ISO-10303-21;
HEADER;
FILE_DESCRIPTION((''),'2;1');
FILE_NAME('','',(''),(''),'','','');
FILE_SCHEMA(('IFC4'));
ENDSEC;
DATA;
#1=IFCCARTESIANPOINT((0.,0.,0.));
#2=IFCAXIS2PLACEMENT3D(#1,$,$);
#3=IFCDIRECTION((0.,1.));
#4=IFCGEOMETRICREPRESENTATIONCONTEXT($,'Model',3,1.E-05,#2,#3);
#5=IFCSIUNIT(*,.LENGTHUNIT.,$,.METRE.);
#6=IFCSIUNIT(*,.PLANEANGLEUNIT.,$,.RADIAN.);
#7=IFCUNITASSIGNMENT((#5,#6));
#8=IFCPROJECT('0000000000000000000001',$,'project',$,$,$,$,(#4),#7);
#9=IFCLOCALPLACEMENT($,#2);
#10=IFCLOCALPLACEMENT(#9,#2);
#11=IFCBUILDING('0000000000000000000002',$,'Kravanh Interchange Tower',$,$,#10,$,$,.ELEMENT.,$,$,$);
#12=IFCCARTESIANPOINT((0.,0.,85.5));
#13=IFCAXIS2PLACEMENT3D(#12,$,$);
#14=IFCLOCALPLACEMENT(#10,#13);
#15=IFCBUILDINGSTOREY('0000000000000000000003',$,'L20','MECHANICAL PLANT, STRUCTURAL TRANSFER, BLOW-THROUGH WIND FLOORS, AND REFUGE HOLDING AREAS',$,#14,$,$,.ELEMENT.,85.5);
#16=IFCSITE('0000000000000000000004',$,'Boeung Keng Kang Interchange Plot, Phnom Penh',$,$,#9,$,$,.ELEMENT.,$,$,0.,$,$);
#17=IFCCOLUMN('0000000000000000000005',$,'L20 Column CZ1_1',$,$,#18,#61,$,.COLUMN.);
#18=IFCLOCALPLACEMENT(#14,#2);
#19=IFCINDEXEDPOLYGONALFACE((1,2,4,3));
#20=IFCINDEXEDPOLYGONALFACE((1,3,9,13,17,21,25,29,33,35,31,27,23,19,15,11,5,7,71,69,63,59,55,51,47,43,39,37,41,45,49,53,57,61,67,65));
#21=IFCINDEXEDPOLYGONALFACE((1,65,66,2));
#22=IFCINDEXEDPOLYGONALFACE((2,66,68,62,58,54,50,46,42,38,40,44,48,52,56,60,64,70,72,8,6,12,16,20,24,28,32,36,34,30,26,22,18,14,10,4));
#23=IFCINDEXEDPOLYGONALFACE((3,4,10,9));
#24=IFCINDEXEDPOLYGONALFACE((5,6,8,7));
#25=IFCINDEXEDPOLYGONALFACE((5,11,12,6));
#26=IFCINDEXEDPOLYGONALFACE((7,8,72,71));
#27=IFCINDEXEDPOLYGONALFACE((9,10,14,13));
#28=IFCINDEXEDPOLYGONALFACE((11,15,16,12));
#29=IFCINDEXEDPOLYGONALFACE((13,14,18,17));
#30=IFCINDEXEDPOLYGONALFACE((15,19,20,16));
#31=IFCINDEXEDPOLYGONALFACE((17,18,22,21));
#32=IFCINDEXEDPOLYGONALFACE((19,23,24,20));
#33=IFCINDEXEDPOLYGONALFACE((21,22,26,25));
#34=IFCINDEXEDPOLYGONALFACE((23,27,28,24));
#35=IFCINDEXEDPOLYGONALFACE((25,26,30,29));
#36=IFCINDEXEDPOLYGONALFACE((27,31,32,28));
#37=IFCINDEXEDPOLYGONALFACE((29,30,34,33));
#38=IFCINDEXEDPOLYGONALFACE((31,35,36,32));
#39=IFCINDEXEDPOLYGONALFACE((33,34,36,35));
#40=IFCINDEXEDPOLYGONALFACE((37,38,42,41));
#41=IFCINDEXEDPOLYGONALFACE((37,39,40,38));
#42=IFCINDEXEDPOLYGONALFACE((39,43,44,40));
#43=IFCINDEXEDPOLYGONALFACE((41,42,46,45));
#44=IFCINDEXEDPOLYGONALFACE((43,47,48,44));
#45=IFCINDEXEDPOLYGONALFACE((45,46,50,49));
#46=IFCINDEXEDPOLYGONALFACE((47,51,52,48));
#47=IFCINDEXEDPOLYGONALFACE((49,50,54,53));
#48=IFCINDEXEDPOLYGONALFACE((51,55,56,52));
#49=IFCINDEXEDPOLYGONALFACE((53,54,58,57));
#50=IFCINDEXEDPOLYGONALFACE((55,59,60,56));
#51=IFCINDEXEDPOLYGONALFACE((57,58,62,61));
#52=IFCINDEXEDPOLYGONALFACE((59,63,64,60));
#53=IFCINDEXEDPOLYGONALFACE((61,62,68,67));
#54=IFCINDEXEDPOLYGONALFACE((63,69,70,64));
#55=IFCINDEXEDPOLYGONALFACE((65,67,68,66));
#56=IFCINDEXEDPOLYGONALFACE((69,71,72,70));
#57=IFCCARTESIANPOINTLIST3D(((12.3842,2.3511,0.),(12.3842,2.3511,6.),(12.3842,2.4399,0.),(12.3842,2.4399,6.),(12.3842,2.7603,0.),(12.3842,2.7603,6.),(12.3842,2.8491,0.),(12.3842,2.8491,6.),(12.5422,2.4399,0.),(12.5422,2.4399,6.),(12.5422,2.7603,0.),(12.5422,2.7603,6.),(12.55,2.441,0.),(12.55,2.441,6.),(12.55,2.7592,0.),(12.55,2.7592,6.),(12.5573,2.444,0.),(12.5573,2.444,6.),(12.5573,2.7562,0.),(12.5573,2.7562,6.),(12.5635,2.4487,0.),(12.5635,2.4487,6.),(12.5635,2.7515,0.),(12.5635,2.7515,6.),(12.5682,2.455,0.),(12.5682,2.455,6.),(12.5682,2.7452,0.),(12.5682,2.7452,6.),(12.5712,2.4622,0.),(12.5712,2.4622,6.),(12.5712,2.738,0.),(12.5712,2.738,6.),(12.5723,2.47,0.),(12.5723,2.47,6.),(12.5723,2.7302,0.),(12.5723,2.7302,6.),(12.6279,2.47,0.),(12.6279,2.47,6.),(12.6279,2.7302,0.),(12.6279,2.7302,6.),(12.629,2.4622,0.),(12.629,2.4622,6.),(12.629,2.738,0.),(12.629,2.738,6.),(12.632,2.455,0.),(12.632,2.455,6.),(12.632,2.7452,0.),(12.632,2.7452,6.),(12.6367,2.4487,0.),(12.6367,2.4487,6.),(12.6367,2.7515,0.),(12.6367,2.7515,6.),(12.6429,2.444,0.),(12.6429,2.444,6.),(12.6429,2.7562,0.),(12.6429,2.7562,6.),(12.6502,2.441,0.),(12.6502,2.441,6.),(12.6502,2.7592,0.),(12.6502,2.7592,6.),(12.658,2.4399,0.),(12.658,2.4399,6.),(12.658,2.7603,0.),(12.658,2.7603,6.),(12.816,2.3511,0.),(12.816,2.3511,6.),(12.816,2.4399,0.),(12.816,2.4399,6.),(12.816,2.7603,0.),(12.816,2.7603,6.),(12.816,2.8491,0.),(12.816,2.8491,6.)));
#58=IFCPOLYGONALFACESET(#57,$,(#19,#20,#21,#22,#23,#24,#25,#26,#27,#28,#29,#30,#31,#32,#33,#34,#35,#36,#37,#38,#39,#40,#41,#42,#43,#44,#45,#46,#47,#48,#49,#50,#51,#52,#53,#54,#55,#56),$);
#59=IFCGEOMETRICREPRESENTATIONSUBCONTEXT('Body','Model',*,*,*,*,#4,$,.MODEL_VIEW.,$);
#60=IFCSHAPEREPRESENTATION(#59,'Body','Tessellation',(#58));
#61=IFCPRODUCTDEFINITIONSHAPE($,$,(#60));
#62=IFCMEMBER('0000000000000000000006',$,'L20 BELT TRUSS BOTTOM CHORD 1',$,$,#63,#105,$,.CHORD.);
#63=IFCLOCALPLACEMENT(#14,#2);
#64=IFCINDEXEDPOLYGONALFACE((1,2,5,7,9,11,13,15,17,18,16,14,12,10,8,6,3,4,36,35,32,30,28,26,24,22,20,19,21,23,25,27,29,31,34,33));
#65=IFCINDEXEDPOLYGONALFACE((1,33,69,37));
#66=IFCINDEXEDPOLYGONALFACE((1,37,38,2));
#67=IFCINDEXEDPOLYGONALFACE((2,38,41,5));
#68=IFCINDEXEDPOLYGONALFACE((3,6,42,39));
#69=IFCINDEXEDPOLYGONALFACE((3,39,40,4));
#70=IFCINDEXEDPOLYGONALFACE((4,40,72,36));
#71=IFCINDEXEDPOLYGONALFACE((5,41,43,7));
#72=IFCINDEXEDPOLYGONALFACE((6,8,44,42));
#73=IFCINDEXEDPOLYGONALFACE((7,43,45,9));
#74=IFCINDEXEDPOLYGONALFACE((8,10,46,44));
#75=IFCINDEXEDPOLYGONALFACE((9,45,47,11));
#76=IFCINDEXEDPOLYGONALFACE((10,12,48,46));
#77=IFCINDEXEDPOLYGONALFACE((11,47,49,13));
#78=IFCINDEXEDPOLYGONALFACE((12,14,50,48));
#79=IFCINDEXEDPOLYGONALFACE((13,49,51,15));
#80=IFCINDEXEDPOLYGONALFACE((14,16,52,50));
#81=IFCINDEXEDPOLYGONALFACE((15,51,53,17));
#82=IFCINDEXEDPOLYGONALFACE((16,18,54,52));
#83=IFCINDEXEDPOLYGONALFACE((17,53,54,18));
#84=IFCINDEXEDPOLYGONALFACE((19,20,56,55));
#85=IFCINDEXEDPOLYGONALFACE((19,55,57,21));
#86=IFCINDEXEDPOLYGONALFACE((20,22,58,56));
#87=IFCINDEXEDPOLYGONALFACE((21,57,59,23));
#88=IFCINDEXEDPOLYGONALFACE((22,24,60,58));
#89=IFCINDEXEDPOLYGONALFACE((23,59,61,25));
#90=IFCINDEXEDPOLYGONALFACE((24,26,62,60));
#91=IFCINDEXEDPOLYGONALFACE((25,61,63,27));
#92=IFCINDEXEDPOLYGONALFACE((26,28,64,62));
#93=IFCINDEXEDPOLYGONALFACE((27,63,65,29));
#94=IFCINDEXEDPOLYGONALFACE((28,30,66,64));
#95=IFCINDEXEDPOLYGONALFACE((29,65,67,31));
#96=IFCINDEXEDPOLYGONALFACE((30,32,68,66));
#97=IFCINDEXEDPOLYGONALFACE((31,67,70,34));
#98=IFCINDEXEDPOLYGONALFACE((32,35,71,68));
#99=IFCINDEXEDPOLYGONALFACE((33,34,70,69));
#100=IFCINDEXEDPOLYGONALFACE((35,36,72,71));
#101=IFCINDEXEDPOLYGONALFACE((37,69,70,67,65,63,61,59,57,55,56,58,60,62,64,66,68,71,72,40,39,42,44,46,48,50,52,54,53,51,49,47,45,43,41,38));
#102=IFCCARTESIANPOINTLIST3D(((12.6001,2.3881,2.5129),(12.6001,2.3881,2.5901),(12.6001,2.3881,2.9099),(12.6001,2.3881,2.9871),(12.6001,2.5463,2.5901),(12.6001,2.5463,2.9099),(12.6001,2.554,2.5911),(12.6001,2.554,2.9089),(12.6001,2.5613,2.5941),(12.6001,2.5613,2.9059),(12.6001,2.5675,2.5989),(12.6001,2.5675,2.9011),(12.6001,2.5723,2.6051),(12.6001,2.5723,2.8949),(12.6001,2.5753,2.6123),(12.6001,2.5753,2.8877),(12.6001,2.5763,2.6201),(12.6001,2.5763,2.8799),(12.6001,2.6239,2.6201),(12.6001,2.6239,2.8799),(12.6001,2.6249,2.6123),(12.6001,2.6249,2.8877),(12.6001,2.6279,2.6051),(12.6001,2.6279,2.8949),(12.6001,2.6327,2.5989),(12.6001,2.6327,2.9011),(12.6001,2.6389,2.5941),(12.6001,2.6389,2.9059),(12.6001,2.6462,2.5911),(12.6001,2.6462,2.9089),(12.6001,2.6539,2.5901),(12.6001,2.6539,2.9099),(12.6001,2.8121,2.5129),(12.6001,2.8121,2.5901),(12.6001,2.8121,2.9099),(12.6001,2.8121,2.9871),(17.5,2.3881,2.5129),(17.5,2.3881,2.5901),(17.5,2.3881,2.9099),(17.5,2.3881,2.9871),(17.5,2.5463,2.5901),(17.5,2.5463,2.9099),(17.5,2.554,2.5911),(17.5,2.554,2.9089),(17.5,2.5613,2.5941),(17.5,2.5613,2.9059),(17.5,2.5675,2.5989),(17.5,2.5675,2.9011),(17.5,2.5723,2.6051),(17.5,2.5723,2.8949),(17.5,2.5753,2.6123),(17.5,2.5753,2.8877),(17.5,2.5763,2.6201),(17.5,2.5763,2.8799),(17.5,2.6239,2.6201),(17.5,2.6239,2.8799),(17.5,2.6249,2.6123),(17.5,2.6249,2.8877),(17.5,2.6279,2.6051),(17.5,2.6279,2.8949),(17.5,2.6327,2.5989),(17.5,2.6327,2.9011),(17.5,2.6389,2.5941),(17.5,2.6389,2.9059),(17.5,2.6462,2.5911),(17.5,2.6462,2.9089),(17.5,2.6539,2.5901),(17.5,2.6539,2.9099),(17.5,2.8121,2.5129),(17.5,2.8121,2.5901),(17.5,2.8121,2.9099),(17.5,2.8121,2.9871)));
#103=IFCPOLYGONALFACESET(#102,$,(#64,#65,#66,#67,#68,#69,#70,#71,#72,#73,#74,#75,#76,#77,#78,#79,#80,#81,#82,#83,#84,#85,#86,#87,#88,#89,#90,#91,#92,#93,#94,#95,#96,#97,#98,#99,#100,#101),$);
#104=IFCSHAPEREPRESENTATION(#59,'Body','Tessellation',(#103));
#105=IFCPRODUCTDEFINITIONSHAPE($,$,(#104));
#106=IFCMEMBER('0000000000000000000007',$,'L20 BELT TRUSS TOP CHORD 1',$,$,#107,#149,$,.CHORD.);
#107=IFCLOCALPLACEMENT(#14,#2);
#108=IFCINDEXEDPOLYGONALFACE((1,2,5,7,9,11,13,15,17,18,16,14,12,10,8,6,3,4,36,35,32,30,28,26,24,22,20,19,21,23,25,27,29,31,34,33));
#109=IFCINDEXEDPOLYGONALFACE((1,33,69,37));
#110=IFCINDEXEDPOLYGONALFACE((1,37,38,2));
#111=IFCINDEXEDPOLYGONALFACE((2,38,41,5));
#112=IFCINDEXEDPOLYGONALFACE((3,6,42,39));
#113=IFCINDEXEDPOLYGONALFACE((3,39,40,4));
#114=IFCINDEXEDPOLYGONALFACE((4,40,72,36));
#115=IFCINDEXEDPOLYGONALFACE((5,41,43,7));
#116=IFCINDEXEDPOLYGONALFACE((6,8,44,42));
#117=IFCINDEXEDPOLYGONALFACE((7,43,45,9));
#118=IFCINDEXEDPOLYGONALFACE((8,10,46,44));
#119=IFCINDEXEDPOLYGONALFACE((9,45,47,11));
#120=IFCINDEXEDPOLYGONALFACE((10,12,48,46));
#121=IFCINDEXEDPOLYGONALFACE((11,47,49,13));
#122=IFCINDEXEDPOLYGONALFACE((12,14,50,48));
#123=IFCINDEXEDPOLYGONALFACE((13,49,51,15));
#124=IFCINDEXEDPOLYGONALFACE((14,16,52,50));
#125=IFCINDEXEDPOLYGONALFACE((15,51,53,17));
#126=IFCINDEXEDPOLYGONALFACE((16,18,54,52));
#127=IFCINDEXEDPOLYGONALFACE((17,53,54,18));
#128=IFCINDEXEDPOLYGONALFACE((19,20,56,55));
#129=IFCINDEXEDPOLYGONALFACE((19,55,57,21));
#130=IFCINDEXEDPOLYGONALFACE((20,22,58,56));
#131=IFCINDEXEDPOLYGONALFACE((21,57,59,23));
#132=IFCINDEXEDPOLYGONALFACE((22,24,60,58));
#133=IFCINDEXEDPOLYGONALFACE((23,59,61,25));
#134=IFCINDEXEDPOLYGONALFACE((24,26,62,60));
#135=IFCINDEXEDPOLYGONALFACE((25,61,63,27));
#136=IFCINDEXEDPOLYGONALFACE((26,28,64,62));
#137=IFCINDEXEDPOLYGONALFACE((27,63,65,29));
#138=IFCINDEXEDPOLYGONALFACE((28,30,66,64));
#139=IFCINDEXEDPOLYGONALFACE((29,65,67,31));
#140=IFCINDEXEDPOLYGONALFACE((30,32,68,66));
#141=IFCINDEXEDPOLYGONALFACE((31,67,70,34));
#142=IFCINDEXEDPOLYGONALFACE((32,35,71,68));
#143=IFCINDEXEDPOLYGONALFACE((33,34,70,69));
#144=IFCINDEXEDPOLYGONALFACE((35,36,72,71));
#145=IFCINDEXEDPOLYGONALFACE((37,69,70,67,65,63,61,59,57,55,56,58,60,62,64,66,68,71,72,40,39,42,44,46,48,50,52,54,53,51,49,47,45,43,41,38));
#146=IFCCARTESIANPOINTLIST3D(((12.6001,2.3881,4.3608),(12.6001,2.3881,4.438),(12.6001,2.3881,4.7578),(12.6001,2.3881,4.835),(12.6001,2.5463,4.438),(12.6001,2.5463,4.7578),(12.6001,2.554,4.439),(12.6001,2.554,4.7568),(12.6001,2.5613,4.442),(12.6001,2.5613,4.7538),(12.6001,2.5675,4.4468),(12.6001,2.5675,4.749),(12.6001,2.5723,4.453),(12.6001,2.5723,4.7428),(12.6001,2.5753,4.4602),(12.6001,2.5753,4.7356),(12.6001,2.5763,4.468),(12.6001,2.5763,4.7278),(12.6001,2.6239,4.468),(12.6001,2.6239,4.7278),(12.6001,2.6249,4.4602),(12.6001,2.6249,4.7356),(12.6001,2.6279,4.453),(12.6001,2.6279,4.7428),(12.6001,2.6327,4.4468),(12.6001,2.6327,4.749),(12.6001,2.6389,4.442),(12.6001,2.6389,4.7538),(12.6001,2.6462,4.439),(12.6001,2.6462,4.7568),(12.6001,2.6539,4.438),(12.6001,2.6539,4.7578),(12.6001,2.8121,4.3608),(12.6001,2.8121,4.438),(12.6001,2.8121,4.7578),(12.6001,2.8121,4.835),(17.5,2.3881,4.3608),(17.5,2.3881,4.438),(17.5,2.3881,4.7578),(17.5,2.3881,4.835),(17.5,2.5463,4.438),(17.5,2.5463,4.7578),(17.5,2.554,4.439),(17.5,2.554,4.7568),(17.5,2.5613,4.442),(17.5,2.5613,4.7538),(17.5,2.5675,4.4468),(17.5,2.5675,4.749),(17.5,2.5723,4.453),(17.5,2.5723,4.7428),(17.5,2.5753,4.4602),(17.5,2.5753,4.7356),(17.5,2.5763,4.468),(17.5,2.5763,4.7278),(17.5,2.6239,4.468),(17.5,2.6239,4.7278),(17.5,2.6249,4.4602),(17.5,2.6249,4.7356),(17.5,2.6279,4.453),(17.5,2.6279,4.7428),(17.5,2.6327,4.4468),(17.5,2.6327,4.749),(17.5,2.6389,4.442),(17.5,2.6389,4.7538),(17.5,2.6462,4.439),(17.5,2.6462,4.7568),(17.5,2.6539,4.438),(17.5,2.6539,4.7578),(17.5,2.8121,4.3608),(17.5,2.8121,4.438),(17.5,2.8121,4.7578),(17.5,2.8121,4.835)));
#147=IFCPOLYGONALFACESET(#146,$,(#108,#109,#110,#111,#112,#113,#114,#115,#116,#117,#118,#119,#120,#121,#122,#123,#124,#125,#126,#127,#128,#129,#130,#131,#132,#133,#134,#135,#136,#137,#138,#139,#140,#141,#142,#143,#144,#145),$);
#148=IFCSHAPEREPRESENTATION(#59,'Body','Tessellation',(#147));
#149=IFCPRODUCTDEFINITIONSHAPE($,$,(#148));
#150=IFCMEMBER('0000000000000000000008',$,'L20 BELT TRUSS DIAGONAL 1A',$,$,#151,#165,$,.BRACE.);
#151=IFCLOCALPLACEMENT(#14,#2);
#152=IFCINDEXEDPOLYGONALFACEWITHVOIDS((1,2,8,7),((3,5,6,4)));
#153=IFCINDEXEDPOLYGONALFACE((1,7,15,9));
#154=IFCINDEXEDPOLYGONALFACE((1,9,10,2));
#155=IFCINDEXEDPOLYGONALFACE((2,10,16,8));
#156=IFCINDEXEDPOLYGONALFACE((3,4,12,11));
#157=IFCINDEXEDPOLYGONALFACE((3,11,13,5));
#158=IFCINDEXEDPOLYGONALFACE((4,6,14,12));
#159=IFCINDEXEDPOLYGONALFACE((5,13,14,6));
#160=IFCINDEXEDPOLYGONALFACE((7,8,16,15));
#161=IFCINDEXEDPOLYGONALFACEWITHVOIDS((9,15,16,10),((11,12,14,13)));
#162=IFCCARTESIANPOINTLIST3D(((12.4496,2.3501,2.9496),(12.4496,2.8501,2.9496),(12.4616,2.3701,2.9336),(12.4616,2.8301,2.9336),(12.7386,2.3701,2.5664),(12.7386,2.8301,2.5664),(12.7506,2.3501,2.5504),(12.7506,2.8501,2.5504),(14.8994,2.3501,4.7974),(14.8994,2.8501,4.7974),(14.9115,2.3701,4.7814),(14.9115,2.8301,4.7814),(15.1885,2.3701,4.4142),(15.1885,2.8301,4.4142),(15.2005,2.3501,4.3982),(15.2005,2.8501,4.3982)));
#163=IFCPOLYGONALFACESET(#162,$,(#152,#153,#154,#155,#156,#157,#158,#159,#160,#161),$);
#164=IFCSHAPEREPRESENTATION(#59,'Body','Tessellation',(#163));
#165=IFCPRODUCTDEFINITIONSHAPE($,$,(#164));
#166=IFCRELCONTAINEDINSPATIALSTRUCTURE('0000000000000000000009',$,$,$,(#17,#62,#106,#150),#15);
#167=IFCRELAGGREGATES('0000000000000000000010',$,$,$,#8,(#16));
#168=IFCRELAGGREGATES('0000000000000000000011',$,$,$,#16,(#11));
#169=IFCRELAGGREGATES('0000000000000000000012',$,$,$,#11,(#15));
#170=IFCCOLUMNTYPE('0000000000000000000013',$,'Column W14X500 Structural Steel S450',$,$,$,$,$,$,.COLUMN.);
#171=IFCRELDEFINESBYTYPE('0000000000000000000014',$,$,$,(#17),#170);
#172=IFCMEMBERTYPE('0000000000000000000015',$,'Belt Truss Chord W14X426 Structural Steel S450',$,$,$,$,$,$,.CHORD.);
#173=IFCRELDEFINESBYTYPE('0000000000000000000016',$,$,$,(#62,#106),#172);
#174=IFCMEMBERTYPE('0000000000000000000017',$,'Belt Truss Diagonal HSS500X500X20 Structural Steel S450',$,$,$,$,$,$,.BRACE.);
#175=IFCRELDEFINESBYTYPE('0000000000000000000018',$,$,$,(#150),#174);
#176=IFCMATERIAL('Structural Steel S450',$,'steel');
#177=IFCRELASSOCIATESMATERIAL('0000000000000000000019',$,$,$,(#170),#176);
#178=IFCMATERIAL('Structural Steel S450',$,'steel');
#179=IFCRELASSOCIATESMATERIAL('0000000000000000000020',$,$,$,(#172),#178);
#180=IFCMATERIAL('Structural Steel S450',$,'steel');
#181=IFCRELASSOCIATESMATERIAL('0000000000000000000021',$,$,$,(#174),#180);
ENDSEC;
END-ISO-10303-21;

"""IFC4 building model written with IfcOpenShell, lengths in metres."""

from ifc_helpers import new_model, si_unit, direction, frame, origin, origin_2d, place, context, subcontext, project, spatial, hollow_rectangle, i_section, extrude, material, material_profile, profile_set, type_object, element, save


model = new_model("IFC4")

# Units and contexts
model_context = context("Model", 3, precision=1e-05, world=origin(), true_north=direction((0.0, 1.0)))
body_context = subcontext(model_context, "Body", "Model", "MODEL_VIEW")
ifc_project = project(units=[si_unit("LENGTHUNIT", "METRE"), si_unit("PLANEANGLEUNIT", "RADIAN")], contexts=[model_context])

# Site, building, storey
site_placement = place(None, origin())
site = spatial("IfcSite", under=ifc_project, at=site_placement, Name="Boeung Keng Kang Interchange Plot, Phnom Penh", CompositionType="ELEMENT", RefElevation=0.0)
building_placement = place(site_placement, origin())
building = spatial("IfcBuilding", under=site, at=building_placement, Name="Kravanh Interchange Tower", CompositionType="ELEMENT")
storey_placement = place(building_placement, frame((0.0, 0.0, 85.5)))
storey = spatial("IfcBuildingStorey", under=building, at=storey_placement, Name="L20", Description="MECHANICAL PLANT, STRUCTURAL TRANSFER, BLOW-THROUGH WIND FLOORS, AND REFUGE HOLDING AREAS", CompositionType="ELEMENT", Elevation=85.5)

# Column
ifc_material_1 = material(Name="Structural Steel S450", Category="steel")
ifc_material_profile_1 = material_profile(ifc_material_1, i_section(OverallWidth=0.4319, OverallDepth=0.498, WebThickness=0.0557, FlangeThickness=0.0889, FilletRadius=0.03, at=origin_2d()), Name="W14X500")
ifc_profile_set_1 = profile_set([ifc_material_profile_1], Name="Structural Steel S450")
column_type = type_object("IfcColumnType", Name="Column W14X500 Structural Steel S450", PredefinedType="COLUMN", material=ifc_profile_set_1)
column_placement = place(storey_placement, frame((12.6001, 2.6001, 0.0), z_axis=(0.0, 0.0, 1.0), x_axis=(1.0, 0.0, 0.0)))
element("IfcColumn", 1, at=column_placement, inside=storey, type_object=column_type, Name="L20 Column CZ1_1", PredefinedType="COLUMN", context=body_context, shape_type="SweptSolid", body=[
    extrude(i_section(OverallWidth=0.4319, OverallDepth=0.498, WebThickness=0.0557, FlangeThickness=0.0889, FilletRadius=0.03, at=origin_2d()), origin(), (0.0, 0.0, 1.0), 6.0),
])

# Members
ifc_material_2 = material(Name="Structural Steel S450", Category="steel")
ifc_material_profile_2 = material_profile(ifc_material_2, i_section(OverallWidth=0.4241, OverallDepth=0.4741, WebThickness=0.0476, FlangeThickness=0.0771, FilletRadius=0.03, at=origin_2d()), Name="W14X426")
ifc_profile_set_2 = profile_set([ifc_material_profile_2], Name="Structural Steel S450")
member_type_1 = type_object("IfcMemberType", Name="Belt Truss Chord W14X426 Structural Steel S450", PredefinedType="CHORD", material=ifc_profile_set_2)
for number, where, z_axis, x_axis, name in (
    (2, (12.6001, 2.6001, 2.75), (1.0, 0.0, 0.0), (0.0, 1.0, 0.0), "L20 BELT TRUSS BOTTOM CHORD 1"),
    (3, (12.6001, 2.6001, 4.5979), (1.0, 0.0, 0.0), (0.0, 1.0, 0.0), "L20 BELT TRUSS TOP CHORD 1"),
):
    element("IfcMember", number, at=place(storey_placement, frame(where, z_axis=z_axis, x_axis=x_axis)), inside=storey, type_object=member_type_1, Name=name, PredefinedType="CHORD", context=body_context, shape_type="SweptSolid", body=[
        extrude(i_section(OverallWidth=0.4241, OverallDepth=0.4741, WebThickness=0.0476, FlangeThickness=0.0771, FilletRadius=0.03, at=origin_2d()), origin(), (0.0, 0.0, 1.0), 4.8999),
    ])
ifc_material_3 = material(Name="Structural Steel S450", Category="steel")
ifc_material_profile_3 = material_profile(ifc_material_3, hollow_rectangle(XDim=0.5, YDim=0.5, WallThickness=0.02, at=origin_2d()), Name="HSS500X500X20")
ifc_profile_set_3 = profile_set([ifc_material_profile_3], Name="Structural Steel S450")
member_type_2 = type_object("IfcMemberType", Name="Belt Truss Diagonal HSS500X500X20 Structural Steel S450", PredefinedType="BRACE", material=ifc_profile_set_3)
member_placement = place(storey_placement, frame((12.6001, 2.6001, 2.75), z_axis=(0.798365, 0.0, 0.602174), x_axis=(0.0, 1.0, 0.0)))
element("IfcMember", 4, at=member_placement, inside=storey, type_object=member_type_2, Name="L20 BELT TRUSS DIAGONAL 1A", PredefinedType="BRACE", context=body_context, shape_type="SweptSolid", body=[
    extrude(hollow_rectangle(XDim=0.5, YDim=0.5, WallThickness=0.02, at=origin_2d()), origin(), (0.0, 0.0, 1.0), 3.0686),
])

save(model, "model.ifc")
